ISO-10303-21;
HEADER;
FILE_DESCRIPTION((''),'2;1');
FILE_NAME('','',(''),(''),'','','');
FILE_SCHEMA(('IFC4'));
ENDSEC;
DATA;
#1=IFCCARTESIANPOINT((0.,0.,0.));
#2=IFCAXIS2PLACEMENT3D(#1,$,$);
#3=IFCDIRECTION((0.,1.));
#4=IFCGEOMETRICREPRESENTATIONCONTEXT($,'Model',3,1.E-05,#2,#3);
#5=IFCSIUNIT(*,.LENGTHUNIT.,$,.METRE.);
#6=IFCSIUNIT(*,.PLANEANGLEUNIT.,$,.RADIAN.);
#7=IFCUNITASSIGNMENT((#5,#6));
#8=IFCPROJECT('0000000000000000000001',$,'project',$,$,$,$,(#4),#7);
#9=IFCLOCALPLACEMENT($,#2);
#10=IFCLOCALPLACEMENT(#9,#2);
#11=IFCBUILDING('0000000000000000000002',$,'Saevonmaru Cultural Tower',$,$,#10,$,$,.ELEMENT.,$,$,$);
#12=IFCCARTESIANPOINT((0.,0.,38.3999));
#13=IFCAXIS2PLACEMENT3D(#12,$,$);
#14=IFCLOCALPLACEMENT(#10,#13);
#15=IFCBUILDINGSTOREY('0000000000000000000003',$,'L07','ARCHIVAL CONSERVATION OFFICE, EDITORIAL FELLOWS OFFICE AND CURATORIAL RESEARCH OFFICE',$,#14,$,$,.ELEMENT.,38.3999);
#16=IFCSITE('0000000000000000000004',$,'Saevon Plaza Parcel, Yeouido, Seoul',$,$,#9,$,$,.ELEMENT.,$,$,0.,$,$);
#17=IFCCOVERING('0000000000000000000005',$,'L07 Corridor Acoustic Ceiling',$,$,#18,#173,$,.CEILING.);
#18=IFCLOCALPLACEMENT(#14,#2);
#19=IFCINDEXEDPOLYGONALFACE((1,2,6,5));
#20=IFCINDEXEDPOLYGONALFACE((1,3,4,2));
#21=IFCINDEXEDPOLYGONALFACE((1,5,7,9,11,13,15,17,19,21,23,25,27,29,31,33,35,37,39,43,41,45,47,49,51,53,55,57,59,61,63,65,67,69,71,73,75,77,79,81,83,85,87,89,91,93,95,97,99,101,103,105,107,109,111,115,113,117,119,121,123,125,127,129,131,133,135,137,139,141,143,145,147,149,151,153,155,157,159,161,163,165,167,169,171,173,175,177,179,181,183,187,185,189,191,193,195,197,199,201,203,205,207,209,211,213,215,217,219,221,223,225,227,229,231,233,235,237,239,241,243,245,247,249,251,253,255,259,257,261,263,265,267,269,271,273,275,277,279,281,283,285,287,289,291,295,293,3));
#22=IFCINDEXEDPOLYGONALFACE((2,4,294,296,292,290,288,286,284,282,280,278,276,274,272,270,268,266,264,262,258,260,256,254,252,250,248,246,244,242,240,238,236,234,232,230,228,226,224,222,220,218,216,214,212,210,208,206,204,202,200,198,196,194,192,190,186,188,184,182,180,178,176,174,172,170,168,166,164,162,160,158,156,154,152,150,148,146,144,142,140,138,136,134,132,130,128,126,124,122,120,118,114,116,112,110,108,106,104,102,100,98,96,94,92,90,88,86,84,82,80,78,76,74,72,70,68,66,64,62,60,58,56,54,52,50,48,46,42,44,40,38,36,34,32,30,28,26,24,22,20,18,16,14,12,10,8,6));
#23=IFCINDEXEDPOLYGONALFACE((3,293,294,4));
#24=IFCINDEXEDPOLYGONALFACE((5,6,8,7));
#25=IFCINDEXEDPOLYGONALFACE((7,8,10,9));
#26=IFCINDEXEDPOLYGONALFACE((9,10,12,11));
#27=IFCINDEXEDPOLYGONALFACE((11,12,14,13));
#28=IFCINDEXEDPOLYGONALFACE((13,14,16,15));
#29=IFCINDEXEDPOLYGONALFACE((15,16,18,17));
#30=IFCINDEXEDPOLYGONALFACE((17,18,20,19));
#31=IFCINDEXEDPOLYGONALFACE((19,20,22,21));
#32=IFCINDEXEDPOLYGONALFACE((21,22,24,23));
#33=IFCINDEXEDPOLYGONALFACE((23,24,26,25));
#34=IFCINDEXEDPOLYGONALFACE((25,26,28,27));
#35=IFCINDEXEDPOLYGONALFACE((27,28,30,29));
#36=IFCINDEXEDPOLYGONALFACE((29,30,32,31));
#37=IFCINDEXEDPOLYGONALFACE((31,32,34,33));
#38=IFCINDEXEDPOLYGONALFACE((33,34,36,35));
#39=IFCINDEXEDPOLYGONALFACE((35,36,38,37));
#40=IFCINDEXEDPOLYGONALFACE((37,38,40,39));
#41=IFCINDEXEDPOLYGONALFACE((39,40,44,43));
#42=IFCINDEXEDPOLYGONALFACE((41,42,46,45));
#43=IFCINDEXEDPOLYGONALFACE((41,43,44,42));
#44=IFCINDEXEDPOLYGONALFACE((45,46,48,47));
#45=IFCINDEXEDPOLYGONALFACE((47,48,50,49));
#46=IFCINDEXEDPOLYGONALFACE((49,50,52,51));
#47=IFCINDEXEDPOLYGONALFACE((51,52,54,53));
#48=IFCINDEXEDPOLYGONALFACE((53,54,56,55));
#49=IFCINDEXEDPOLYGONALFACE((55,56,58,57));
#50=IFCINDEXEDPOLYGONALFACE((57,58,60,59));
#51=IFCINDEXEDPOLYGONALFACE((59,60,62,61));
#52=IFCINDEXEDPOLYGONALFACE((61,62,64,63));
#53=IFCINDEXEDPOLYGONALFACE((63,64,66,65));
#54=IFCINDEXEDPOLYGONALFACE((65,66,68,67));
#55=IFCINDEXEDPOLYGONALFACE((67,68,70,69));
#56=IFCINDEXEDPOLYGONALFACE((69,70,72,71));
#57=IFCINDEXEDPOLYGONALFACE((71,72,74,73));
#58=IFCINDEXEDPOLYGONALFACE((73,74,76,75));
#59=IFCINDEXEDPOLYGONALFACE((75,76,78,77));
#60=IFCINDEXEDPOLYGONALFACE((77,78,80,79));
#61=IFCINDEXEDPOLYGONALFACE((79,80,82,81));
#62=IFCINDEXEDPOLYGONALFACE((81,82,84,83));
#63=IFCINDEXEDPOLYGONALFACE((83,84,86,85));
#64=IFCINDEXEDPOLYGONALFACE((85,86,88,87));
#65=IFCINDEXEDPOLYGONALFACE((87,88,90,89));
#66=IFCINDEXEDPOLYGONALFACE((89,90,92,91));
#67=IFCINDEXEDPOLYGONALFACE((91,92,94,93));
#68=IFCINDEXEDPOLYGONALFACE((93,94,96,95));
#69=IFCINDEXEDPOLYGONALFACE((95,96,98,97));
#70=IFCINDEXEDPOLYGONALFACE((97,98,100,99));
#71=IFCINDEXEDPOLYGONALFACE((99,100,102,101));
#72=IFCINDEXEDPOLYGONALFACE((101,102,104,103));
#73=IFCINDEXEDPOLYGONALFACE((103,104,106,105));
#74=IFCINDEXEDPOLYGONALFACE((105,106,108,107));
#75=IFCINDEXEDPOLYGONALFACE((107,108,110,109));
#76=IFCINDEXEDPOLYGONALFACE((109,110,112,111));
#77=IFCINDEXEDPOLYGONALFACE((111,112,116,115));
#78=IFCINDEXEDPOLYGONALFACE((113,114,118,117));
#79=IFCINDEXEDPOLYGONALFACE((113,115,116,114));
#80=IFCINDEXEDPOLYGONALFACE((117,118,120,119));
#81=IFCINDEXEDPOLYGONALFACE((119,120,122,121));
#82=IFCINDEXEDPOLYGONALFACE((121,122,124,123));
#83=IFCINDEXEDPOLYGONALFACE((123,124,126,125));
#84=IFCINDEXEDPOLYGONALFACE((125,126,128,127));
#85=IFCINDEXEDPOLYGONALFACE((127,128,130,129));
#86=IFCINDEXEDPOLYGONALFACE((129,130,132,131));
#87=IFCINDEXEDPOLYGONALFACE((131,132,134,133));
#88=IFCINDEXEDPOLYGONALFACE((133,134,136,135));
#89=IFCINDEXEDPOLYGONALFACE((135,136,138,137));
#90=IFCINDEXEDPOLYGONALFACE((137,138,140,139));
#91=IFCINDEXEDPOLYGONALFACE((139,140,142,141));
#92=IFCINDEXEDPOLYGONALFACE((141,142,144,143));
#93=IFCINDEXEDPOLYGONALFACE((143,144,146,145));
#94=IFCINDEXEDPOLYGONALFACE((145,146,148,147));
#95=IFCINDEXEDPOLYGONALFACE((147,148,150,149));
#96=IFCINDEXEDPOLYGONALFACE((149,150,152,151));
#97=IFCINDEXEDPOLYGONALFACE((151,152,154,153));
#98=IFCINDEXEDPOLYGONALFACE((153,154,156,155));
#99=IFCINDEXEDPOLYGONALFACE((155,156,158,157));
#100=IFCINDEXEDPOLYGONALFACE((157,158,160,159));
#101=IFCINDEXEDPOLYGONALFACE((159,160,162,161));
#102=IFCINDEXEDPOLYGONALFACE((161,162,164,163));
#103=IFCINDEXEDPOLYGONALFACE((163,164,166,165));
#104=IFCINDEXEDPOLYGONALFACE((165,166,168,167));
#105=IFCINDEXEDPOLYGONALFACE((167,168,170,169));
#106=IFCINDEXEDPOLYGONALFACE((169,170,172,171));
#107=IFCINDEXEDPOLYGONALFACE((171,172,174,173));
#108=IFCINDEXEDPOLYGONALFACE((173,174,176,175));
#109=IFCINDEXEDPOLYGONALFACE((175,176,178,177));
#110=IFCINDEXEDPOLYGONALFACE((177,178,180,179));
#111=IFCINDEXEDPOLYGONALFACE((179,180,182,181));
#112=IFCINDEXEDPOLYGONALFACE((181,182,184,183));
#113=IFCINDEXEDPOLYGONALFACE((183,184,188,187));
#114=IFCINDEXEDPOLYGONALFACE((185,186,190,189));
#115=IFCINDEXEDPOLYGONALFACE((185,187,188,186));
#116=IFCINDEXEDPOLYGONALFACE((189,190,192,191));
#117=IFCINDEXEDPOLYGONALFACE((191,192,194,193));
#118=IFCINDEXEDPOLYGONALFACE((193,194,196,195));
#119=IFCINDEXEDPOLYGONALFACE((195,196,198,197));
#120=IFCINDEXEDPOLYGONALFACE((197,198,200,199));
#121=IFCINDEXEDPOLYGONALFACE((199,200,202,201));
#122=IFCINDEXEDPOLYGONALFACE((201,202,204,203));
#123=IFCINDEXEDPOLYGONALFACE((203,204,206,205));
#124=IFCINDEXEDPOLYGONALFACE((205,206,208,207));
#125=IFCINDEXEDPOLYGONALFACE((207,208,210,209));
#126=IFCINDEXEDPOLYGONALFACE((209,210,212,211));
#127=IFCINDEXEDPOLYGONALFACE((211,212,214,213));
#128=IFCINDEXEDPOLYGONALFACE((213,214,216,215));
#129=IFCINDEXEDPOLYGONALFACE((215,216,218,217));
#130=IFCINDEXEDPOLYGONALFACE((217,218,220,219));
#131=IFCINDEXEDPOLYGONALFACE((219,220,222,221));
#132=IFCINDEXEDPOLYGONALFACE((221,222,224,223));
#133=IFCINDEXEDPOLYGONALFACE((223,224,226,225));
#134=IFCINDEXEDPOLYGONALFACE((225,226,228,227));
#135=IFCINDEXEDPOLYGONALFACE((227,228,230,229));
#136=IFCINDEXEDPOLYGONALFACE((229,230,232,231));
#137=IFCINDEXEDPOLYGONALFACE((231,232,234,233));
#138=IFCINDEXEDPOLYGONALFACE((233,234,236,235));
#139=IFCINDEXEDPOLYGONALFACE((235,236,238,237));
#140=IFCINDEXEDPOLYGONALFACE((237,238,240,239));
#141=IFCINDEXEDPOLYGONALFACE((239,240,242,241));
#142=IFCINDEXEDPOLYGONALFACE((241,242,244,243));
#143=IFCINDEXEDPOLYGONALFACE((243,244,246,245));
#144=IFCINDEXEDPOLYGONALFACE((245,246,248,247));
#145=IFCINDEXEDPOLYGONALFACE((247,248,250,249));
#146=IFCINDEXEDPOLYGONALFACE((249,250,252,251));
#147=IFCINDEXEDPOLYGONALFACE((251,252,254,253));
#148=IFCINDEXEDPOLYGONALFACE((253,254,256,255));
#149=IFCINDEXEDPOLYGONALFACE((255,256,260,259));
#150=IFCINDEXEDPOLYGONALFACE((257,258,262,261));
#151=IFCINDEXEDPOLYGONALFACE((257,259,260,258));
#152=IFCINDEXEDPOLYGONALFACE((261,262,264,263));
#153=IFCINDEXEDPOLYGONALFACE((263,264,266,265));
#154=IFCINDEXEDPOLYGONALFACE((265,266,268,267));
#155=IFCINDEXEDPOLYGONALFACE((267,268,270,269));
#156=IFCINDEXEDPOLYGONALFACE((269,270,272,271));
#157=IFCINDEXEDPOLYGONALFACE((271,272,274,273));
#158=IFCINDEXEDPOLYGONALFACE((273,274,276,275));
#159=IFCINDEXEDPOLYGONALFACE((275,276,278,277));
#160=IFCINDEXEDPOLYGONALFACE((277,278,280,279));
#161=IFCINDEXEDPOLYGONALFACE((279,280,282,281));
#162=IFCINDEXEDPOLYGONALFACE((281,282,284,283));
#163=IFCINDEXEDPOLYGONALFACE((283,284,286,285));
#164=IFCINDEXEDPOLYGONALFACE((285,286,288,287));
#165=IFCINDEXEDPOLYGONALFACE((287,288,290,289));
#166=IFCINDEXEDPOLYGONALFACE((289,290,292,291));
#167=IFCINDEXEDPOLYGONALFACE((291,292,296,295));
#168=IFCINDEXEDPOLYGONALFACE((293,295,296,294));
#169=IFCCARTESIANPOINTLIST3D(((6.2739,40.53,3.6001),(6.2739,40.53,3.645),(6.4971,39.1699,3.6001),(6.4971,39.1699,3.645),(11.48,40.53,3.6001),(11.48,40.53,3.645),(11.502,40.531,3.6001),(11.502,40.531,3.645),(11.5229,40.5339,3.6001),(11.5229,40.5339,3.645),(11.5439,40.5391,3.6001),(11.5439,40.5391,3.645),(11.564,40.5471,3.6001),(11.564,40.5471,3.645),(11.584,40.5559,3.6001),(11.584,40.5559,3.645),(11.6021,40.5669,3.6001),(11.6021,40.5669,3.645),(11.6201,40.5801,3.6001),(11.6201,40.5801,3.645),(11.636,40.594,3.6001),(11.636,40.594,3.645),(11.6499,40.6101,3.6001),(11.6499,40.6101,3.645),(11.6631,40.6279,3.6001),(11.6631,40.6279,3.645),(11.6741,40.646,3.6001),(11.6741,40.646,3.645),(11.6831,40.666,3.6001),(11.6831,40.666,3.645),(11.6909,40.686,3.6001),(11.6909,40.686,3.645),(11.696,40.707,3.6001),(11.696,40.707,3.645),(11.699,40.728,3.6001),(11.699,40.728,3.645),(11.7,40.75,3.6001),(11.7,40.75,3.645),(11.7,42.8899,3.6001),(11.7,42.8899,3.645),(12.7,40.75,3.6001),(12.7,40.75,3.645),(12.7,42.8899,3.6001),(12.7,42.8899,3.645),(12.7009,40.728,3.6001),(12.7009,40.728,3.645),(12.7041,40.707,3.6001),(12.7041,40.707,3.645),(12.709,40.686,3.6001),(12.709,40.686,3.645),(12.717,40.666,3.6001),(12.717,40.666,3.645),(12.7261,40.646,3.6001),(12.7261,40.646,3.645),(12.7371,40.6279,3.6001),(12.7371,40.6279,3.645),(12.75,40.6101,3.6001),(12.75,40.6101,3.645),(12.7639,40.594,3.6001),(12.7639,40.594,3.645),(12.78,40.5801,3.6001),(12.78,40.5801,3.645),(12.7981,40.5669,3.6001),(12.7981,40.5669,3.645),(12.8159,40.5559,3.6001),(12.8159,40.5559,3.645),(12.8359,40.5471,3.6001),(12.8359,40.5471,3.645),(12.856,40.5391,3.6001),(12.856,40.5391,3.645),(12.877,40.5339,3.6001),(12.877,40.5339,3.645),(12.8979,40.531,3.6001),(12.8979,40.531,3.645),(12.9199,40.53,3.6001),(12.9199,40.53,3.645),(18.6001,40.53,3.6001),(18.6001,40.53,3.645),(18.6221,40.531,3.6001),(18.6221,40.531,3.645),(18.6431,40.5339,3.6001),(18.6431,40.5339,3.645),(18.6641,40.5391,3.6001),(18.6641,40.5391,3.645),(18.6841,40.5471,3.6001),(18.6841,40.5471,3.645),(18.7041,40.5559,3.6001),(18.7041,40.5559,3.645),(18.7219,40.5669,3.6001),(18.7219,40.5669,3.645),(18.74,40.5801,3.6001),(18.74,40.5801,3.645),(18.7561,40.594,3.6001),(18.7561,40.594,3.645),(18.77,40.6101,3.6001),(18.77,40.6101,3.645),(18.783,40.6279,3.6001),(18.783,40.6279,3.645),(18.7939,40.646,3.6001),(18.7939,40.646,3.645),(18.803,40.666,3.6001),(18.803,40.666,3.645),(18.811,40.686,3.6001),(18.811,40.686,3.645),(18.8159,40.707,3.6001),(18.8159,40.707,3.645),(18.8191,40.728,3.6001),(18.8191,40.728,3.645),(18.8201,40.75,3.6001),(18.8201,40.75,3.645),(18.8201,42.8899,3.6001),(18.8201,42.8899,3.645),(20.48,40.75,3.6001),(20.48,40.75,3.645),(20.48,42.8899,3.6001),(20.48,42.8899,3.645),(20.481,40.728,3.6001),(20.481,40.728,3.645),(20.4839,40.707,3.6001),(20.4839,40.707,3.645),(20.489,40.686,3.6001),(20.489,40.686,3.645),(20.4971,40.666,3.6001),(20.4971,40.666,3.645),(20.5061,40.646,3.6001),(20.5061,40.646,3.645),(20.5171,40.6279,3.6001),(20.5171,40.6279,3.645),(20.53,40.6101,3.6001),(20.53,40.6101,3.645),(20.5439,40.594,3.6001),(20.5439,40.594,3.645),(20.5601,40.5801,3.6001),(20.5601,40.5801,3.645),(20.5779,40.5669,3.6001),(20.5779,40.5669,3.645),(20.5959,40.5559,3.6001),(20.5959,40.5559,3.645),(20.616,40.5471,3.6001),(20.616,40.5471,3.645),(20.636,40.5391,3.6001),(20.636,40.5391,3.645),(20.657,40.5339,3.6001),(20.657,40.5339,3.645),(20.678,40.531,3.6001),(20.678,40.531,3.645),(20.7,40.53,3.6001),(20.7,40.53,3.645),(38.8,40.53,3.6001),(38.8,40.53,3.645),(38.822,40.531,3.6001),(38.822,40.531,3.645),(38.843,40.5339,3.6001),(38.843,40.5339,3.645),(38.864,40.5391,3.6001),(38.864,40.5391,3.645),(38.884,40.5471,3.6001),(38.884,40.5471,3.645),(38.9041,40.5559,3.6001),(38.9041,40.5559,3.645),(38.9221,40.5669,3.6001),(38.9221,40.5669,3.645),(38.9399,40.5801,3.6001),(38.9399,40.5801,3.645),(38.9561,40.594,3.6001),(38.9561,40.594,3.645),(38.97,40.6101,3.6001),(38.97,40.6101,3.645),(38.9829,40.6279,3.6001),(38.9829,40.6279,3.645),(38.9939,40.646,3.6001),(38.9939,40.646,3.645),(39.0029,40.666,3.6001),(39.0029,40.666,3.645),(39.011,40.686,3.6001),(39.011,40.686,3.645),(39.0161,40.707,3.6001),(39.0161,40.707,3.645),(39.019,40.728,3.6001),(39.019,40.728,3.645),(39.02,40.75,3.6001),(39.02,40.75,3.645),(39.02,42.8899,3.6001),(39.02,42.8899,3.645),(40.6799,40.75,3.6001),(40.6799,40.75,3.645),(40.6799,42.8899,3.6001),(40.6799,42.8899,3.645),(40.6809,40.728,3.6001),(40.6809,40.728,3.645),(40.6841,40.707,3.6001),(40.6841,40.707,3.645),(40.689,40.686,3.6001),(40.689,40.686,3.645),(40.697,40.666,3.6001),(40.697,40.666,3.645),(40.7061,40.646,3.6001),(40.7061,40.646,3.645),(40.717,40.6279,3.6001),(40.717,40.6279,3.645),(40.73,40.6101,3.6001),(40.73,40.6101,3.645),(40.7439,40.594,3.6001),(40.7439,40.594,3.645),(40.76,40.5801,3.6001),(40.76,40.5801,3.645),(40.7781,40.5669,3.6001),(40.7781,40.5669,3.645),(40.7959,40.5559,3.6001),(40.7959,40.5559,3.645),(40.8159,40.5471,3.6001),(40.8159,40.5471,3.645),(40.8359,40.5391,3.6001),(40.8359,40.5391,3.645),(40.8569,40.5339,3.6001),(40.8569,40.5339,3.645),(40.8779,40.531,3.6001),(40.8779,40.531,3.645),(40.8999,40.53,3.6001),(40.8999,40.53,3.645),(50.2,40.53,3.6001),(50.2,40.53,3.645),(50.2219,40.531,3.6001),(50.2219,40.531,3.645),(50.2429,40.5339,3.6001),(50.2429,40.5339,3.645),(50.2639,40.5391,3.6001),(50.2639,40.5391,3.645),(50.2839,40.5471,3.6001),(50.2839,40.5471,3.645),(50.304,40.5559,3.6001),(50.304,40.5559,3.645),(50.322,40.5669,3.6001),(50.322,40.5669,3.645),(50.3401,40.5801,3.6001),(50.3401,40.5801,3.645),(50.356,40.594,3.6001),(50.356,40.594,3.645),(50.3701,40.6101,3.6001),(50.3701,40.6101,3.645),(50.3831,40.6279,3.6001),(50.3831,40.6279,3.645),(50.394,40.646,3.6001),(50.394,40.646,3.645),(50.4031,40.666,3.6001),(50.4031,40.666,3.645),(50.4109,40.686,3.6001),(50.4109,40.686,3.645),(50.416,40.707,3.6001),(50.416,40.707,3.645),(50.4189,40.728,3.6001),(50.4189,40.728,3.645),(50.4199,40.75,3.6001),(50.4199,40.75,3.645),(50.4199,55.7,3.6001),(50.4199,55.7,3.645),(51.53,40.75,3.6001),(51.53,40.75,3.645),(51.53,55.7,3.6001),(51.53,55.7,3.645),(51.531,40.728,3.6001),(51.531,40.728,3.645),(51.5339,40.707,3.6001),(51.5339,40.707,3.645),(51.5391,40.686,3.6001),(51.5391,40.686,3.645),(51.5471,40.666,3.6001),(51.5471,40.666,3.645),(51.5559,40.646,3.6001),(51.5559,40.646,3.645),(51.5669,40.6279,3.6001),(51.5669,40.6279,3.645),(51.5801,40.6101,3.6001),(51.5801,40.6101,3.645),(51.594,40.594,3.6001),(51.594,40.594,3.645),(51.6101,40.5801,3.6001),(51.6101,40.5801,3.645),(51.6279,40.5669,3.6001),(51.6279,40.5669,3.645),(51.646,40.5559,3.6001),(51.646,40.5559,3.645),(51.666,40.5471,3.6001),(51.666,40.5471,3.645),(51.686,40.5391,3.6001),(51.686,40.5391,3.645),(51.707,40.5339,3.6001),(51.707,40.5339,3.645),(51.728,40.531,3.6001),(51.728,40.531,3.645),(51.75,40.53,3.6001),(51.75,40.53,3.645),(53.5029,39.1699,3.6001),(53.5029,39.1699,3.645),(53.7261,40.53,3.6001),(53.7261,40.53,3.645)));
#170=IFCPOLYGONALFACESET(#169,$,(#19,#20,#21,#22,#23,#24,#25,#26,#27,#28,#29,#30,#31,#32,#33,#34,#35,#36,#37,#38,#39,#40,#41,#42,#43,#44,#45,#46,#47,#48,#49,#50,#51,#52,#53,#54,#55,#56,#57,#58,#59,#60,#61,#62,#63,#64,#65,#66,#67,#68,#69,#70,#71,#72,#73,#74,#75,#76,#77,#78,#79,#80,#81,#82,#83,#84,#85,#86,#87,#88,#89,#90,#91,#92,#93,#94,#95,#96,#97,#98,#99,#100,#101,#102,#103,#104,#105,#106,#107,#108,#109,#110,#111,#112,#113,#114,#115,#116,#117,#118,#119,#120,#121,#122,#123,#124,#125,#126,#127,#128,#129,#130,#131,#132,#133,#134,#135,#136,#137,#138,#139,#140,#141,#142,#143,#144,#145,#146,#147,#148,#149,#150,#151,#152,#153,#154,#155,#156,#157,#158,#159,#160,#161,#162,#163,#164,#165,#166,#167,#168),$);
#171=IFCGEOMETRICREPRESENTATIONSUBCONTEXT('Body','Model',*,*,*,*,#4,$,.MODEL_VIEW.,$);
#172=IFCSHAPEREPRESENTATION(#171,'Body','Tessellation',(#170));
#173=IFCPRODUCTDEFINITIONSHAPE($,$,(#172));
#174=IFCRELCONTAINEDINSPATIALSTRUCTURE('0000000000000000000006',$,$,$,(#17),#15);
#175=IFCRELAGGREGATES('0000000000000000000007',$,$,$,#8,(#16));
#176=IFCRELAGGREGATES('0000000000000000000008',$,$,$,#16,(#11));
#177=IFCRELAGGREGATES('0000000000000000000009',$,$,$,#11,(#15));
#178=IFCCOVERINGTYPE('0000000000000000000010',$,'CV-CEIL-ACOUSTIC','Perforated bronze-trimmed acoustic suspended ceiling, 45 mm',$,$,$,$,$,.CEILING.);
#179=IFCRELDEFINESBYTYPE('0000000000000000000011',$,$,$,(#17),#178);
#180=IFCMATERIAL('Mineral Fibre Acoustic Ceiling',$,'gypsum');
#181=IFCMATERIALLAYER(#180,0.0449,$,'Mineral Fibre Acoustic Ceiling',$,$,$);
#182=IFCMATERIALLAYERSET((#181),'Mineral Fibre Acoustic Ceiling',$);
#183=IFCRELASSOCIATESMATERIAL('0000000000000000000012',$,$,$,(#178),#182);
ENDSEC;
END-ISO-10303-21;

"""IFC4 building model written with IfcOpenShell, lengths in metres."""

from ifc_helpers import new_model, si_unit, direction, frame, origin, place, context, subcontext, project, spatial, polyline, outline, extrude, material, layer, layer_set, type_object, element, save


model = new_model("IFC4")

# Units and contexts
model_context = context("Model", 3, precision=1e-05, world=origin(), true_north=direction((0.0, 1.0)))
body_context = subcontext(model_context, "Body", "Model", "MODEL_VIEW")
ifc_project = project(units=[si_unit("LENGTHUNIT", "METRE"), si_unit("PLANEANGLEUNIT", "RADIAN")], contexts=[model_context])

# Site, building, storey
site_placement = place(None, origin())
site = spatial("IfcSite", under=ifc_project, at=site_placement, Name="Saevon Plaza Parcel, Yeouido, Seoul", CompositionType="ELEMENT", RefElevation=0.0)
building_placement = place(site_placement, origin())
building = spatial("IfcBuilding", under=site, at=building_placement, Name="Saevonmaru Cultural Tower", CompositionType="ELEMENT")
storey_placement = place(building_placement, frame((0.0, 0.0, 38.3999)))
storey = spatial("IfcBuildingStorey", under=building, at=storey_placement, Name="L07", Description="ARCHIVAL CONSERVATION OFFICE, EDITORIAL FELLOWS OFFICE AND CURATORIAL RESEARCH OFFICE", CompositionType="ELEMENT", Elevation=38.3999)

# Covering
ifc_material_1 = material(Name="Mineral Fibre Acoustic Ceiling", Category="gypsum")
ifc_layer_1 = layer(ifc_material_1, 0.0449, Name="Mineral Fibre Acoustic Ceiling")
ifc_layer_set_1 = layer_set([ifc_layer_1], Name="Mineral Fibre Acoustic Ceiling")
covering_type_1 = type_object("IfcCoveringType", Name="CV-CEIL-ACOUSTIC", Description="Perforated bronze-trimmed acoustic suspended ceiling, 45 mm", PredefinedType="CEILING", material=ifc_layer_set_1)
covering_1_placement = place(storey_placement, frame((0.0, 0.0, 3.6001)))
element("IfcCovering", 1, at=covering_1_placement, inside=storey, type_object=covering_type_1, Name="L07 Corridor Acoustic Ceiling", PredefinedType="CEILING", context=body_context, shape_type="SweptSolid", body=[
    extrude(outline(polyline([(6.4971, 39.1699), (6.2739, 40.53), (11.48, 40.53), (11.502, 40.531), (11.5229, 40.5339), (11.5439, 40.5391), (11.564, 40.5471), (11.584, 40.5559), (11.6021, 40.5669), (11.6201, 40.5801), (11.636, 40.594), (11.6499, 40.6101), (11.6631, 40.6279), (11.6741, 40.646), (11.6831, 40.666), (11.6909, 40.686), (11.696, 40.707), (11.699, 40.728), (11.7, 40.75), (11.7, 42.8899), (12.7, 42.8899), (12.7, 40.75), (12.7009, 40.728), (12.7041, 40.707), (12.709, 40.686), (12.717, 40.666), (12.7261, 40.646), (12.7371, 40.6279), (12.75, 40.6101), (12.7639, 40.594), (12.78, 40.5801), (12.7981, 40.5669), (12.8159, 40.5559), (12.8359, 40.5471), (12.856, 40.5391), (12.877, 40.5339), (12.8979, 40.531), (12.9199, 40.53), (18.6001, 40.53), (18.6221, 40.531), (18.6431, 40.5339), (18.6641, 40.5391), (18.6841, 40.5471), (18.7041, 40.5559), (18.7219, 40.5669), (18.74, 40.5801), (18.7561, 40.594), (18.77, 40.6101), (18.783, 40.6279), (18.7939, 40.646), (18.803, 40.666), (18.811, 40.686), (18.8159, 40.707), (18.8191, 40.728), (18.8201, 40.75), (18.8201, 42.8899), (20.48, 42.8899), (20.48, 40.75), (20.481, 40.728), (20.4839, 40.707), (20.489, 40.686), (20.4971, 40.666), (20.5061, 40.646), (20.5171, 40.6279), (20.53, 40.6101), (20.5439, 40.594), (20.5601, 40.5801), (20.5779, 40.5669), (20.5959, 40.5559), (20.616, 40.5471), (20.636, 40.5391), (20.657, 40.5339), (20.678, 40.531), (20.7, 40.53), (38.8, 40.53), (38.822, 40.531), (38.843, 40.5339), (38.864, 40.5391), (38.884, 40.5471), (38.9041, 40.5559), (38.9221, 40.5669), (38.9399, 40.5801), (38.9561, 40.594), (38.97, 40.6101), (38.9829, 40.6279), (38.9939, 40.646), (39.0029, 40.666), (39.011, 40.686), (39.0161, 40.707), (39.019, 40.728), (39.02, 40.75), (39.02, 42.8899), (40.6799, 42.8899), (40.6799, 40.75), (40.6809, 40.728), (40.6841, 40.707), (40.689, 40.686), (40.697, 40.666), (40.7061, 40.646), (40.717, 40.6279), (40.73, 40.6101), (40.7439, 40.594), (40.76, 40.5801), (40.7781, 40.5669), (40.7959, 40.5559), (40.8159, 40.5471), (40.8359, 40.5391), (40.8569, 40.5339), (40.8779, 40.531), (40.8999, 40.53), (50.2, 40.53), (50.2219, 40.531), (50.2429, 40.5339), (50.2639, 40.5391), (50.2839, 40.5471), (50.304, 40.5559), (50.322, 40.5669), (50.3401, 40.5801), (50.356, 40.594), (50.3701, 40.6101), (50.3831, 40.6279), (50.394, 40.646), (50.4031, 40.666), (50.4109, 40.686), (50.416, 40.707), (50.4189, 40.728), (50.4199, 40.75), (50.4199, 55.7), (51.53, 55.7), (51.53, 40.75), (51.531, 40.728), (51.5339, 40.707), (51.5391, 40.686), (51.5471, 40.666), (51.5559, 40.646), (51.5669, 40.6279), (51.5801, 40.6101), (51.594, 40.594), (51.6101, 40.5801), (51.6279, 40.5669), (51.646, 40.5559), (51.666, 40.5471), (51.686, 40.5391), (51.707, 40.5339), (51.728, 40.531), (51.75, 40.53), (53.7261, 40.53), (53.5029, 39.1699), (6.4971, 39.1699)])), origin(), (0.0, 0.0, 1.0), 0.0449),
])

save(model, "model.ifc")
